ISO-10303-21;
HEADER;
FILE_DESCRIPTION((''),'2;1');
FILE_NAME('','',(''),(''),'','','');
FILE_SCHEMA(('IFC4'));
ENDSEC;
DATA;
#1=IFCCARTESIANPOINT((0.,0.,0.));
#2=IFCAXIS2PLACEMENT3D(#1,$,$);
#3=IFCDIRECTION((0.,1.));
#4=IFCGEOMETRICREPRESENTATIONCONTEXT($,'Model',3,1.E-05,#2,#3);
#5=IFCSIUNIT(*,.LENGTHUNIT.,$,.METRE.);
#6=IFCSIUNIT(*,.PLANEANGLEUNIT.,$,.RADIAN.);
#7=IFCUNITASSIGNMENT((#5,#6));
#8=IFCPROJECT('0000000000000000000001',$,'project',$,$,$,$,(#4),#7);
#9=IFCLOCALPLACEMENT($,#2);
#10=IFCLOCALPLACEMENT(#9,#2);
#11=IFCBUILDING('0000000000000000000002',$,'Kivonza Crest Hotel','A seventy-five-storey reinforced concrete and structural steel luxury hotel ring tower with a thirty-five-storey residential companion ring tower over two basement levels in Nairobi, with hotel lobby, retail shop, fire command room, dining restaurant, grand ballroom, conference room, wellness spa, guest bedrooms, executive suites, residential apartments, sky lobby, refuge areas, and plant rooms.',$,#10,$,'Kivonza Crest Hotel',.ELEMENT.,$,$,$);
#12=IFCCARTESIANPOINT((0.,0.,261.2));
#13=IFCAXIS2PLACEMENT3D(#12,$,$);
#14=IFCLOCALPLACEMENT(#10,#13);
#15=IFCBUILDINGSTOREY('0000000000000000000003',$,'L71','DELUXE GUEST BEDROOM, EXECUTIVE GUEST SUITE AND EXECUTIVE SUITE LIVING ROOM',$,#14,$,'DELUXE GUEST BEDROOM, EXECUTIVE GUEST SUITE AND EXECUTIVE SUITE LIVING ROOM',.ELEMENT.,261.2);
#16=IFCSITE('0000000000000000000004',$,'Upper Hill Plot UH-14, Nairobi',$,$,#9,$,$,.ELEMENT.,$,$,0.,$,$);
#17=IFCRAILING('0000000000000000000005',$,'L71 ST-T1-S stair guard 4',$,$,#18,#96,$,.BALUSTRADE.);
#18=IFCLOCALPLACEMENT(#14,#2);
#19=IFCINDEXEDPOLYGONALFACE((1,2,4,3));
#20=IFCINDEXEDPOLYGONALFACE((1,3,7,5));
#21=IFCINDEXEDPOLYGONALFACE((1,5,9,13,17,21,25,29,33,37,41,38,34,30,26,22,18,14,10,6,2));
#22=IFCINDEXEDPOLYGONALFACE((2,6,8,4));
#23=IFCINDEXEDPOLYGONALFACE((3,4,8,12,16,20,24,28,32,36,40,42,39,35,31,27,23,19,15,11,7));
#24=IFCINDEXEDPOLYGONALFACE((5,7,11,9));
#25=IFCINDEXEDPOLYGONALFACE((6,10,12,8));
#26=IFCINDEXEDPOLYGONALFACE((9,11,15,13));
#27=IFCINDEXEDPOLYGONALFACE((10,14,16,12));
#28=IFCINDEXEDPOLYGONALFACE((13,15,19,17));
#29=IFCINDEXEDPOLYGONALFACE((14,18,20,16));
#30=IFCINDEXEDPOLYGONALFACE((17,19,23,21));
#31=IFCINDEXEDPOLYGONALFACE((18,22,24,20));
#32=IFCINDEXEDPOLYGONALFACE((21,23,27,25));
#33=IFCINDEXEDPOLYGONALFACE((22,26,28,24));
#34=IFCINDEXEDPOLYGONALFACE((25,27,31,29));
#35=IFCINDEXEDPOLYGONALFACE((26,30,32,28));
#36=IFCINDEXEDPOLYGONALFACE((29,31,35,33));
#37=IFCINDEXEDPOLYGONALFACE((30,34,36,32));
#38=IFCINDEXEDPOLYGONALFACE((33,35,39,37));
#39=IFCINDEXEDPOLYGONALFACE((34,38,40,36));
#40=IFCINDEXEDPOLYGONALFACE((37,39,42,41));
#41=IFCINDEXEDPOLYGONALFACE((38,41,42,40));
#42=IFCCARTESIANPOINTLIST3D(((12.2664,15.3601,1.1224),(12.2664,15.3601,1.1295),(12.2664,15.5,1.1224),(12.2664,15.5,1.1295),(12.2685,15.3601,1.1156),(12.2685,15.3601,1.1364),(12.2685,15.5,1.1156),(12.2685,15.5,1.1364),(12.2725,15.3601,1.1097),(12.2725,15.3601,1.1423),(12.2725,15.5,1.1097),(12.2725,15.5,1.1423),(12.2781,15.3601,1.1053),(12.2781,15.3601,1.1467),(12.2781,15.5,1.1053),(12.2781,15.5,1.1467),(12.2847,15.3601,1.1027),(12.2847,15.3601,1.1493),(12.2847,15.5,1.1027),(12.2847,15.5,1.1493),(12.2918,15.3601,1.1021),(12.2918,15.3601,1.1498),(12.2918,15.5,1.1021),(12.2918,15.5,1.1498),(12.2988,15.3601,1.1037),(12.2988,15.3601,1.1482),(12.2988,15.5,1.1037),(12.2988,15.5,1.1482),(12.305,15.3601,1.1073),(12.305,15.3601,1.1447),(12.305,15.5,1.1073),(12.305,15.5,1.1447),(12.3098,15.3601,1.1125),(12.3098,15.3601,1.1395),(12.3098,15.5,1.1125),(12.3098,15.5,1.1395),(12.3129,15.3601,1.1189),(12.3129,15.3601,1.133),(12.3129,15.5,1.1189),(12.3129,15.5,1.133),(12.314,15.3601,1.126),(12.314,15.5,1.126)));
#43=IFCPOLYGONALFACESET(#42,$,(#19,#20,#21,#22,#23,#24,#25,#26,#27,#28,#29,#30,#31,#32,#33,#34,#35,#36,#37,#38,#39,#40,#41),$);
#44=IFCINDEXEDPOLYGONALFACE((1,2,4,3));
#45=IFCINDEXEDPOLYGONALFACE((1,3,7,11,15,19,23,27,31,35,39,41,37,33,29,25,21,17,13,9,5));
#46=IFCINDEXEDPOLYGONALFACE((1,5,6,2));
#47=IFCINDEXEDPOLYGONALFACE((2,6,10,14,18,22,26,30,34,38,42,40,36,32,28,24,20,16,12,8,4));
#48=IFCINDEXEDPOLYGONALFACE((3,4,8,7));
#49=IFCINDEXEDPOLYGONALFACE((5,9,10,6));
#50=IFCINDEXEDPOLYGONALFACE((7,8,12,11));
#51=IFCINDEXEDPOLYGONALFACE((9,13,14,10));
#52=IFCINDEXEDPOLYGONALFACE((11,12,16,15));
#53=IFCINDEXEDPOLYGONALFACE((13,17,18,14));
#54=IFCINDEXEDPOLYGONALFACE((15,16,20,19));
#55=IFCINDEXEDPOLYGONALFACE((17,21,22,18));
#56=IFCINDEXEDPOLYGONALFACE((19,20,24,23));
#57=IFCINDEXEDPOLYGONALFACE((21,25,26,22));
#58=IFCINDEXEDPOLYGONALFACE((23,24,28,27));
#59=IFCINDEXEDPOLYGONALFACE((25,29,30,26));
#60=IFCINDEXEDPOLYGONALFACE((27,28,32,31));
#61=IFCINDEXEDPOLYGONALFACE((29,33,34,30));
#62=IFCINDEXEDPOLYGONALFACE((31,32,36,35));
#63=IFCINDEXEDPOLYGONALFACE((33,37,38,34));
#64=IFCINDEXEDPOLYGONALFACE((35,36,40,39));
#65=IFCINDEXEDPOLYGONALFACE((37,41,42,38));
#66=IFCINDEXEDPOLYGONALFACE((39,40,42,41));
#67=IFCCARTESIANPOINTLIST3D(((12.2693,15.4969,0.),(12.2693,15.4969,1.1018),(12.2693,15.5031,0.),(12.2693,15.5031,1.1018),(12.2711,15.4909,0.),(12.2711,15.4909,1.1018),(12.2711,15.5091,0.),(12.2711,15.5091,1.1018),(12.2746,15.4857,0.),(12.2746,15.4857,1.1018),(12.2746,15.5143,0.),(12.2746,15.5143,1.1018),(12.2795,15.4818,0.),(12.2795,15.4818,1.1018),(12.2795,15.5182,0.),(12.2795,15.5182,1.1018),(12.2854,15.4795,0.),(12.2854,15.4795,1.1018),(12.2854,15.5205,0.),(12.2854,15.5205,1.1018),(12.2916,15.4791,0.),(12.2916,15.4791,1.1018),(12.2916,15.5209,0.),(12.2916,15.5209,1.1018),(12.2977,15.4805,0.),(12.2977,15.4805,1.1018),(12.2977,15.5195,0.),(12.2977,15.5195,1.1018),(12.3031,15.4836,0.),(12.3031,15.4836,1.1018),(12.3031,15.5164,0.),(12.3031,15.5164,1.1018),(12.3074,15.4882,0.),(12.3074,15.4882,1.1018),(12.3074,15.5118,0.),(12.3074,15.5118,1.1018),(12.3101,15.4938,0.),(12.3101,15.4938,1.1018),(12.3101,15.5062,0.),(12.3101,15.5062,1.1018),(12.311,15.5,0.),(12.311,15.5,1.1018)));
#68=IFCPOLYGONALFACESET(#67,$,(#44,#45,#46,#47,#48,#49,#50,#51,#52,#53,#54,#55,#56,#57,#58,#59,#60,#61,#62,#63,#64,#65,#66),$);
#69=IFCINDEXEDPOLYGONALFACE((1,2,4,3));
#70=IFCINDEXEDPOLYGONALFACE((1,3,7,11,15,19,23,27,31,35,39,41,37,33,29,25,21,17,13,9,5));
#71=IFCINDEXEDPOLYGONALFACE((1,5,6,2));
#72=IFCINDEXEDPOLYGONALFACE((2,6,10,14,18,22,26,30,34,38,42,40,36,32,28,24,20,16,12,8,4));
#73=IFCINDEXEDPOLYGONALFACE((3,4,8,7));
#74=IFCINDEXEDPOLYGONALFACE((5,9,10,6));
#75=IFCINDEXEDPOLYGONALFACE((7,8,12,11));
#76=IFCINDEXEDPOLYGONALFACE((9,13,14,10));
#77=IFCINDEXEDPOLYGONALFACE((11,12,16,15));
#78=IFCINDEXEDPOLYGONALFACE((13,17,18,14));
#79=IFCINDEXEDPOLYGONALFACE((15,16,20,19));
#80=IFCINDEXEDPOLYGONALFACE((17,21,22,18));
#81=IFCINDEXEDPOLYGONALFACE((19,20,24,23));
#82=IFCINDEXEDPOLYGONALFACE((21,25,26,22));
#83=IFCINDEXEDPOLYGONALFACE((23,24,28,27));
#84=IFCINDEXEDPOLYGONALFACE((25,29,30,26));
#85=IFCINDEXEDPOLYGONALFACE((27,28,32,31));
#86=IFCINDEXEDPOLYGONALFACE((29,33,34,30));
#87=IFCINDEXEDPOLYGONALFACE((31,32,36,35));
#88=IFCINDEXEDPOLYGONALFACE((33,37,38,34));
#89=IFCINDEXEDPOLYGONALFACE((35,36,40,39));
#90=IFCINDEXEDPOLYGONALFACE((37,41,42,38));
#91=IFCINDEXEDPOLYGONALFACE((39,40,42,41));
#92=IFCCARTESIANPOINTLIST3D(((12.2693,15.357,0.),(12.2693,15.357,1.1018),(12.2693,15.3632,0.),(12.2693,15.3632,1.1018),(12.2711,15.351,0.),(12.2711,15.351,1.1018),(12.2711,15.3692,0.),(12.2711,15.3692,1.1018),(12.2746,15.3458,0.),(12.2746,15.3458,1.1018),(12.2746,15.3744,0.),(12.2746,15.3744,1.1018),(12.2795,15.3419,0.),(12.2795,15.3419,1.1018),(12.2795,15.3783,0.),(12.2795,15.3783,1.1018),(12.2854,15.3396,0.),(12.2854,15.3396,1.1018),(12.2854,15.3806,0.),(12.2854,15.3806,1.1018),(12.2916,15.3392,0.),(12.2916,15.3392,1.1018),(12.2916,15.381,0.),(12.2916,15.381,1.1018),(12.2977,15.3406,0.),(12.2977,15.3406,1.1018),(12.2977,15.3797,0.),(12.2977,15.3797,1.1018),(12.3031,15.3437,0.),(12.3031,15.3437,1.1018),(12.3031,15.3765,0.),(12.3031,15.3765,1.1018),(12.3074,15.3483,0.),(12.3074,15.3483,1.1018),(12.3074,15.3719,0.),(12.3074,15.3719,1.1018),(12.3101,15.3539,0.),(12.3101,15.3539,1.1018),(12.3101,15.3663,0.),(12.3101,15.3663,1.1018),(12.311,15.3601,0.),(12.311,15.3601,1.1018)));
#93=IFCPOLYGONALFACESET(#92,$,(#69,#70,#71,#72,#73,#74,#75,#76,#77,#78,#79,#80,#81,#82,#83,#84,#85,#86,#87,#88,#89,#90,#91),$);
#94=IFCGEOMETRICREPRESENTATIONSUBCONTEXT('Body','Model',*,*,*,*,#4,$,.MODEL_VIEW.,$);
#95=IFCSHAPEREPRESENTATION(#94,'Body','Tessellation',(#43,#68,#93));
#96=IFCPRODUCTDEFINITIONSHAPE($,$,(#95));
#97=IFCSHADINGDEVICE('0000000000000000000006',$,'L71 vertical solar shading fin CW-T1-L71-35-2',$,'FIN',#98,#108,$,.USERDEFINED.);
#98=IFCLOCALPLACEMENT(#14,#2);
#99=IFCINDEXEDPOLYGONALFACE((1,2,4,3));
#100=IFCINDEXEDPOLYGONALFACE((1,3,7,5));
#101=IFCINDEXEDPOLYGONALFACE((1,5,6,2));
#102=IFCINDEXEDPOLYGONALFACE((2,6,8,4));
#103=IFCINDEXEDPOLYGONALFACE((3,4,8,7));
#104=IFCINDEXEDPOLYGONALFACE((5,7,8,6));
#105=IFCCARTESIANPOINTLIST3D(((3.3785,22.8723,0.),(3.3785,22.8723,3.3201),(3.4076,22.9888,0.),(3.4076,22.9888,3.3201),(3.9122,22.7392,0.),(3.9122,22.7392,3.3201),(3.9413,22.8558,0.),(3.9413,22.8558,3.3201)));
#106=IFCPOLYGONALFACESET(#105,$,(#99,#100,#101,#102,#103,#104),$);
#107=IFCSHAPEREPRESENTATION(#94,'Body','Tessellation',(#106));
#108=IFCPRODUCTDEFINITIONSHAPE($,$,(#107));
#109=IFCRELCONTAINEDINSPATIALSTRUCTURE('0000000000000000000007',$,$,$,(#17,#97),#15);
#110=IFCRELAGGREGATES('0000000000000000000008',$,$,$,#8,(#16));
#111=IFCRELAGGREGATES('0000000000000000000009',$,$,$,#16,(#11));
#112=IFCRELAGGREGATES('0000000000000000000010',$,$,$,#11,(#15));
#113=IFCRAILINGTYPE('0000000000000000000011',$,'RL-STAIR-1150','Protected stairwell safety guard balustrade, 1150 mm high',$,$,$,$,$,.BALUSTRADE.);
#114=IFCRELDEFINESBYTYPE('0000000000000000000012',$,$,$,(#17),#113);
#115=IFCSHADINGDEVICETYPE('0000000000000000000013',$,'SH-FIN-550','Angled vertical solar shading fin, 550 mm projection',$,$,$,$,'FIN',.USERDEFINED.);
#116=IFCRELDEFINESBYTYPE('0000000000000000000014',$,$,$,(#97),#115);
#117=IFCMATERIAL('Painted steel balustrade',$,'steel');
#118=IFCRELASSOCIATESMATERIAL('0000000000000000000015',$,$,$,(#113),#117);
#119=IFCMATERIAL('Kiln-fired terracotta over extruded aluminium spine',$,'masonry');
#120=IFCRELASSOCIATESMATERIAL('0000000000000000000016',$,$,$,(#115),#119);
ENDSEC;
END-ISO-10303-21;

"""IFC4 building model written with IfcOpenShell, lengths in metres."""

from ifc_helpers import new_model, si_unit, direction, frame, origin, origin_2d, place, context, subcontext, project, spatial, rectangle, circle, extrude, material, type_object, element, save


model = new_model("IFC4")

# Units and contexts
model_context = context("Model", 3, precision=1e-05, world=origin(), true_north=direction((0.0, 1.0)))
body_context = subcontext(model_context, "Body", "Model", "MODEL_VIEW")
ifc_project = project(units=[si_unit("LENGTHUNIT", "METRE"), si_unit("PLANEANGLEUNIT", "RADIAN")], contexts=[model_context])

# Site, building, storey
site_placement = place(None, origin())
site = spatial("IfcSite", under=ifc_project, at=site_placement, Name="Upper Hill Plot UH-14, Nairobi", CompositionType="ELEMENT", RefElevation=0.0)
building_placement = place(site_placement, origin())
building = spatial("IfcBuilding", under=site, at=building_placement, Name="Kivonza Crest Hotel", Description="A seventy-five-storey reinforced concrete and structural steel luxury hotel ring tower with a thirty-five-storey residential companion ring tower over two basement levels in Nairobi, with hotel lobby, retail shop, fire command room, dining restaurant, grand ballroom, conference room, wellness spa, guest bedrooms, executive suites, residential apartments, sky lobby, refuge areas, and plant rooms.", LongName="Kivonza Crest Hotel", CompositionType="ELEMENT")
storey_placement = place(building_placement, frame((0.0, 0.0, 261.2)))
storey = spatial("IfcBuildingStorey", under=building, at=storey_placement, Name="L71", Description="DELUXE GUEST BEDROOM, EXECUTIVE GUEST SUITE AND EXECUTIVE SUITE LIVING ROOM", LongName="DELUXE GUEST BEDROOM, EXECUTIVE GUEST SUITE AND EXECUTIVE SUITE LIVING ROOM", CompositionType="ELEMENT", Elevation=261.2)

# Railing
ifc_material_1 = material(Name="Painted steel balustrade", Category="steel")
railing_type_1 = type_object("IfcRailingType", Name="RL-STAIR-1150", Description="Protected stairwell safety guard balustrade, 1150 mm high", PredefinedType="BALUSTRADE", material=ifc_material_1)
railing_1_placement = place(storey_placement, frame((12.29, 15.5, 0.0)))
element("IfcRailing", 1, at=railing_1_placement, inside=storey, type_object=railing_type_1, Name="L71 ST-T1-S stair guard 4", PredefinedType="BALUSTRADE", context=body_context, shape_type="SweptSolid", body=[
    extrude(circle(Radius=0.0239, at=origin_2d()), frame((0.0, 0.0, 1.126), z_axis=(0.0, -1.0, 0.0), x_axis=(1.0, 0.0, 0.0)), (0.0, 0.0, 1.0), 0.1399),
    extrude(circle(Radius=0.021, at=origin_2d()), origin(), (0.0, 0.0, 1.0), 1.1018),
    extrude(circle(Radius=0.021, at=origin_2d()), frame((0.0, -0.1399, 0.0)), (0.0, 0.0, 1.0), 1.1018),
])

# Shading device
ifc_material_2 = material(Name="Kiln-fired terracotta over extruded aluminium spine", Category="masonry")
shading_device_type = type_object("IfcShadingDeviceType", Name="SH-FIN-550", Description="Angled vertical solar shading fin, 550 mm projection", ElementType="FIN", PredefinedType="USERDEFINED", material=ifc_material_2)
shading_device_placement = place(storey_placement, frame((3.6599, 22.864, 0.0), z_axis=(0.0, 0.0, 1.0), x_axis=(-0.241922, -0.970296, 0.0)))
element("IfcShadingDevice", 2, at=shading_device_placement, inside=storey, type_object=shading_device_type, Name="L71 vertical solar shading fin CW-T1-L71-35-2", ObjectType="FIN", PredefinedType="USERDEFINED", context=body_context, shape_type="SweptSolid", body=[
    extrude(rectangle(XDim=0.1201, YDim=0.55, at=origin_2d()), origin(), (0.0, 0.0, 1.0), 3.3201),
])

save(model, "model.ifc")
